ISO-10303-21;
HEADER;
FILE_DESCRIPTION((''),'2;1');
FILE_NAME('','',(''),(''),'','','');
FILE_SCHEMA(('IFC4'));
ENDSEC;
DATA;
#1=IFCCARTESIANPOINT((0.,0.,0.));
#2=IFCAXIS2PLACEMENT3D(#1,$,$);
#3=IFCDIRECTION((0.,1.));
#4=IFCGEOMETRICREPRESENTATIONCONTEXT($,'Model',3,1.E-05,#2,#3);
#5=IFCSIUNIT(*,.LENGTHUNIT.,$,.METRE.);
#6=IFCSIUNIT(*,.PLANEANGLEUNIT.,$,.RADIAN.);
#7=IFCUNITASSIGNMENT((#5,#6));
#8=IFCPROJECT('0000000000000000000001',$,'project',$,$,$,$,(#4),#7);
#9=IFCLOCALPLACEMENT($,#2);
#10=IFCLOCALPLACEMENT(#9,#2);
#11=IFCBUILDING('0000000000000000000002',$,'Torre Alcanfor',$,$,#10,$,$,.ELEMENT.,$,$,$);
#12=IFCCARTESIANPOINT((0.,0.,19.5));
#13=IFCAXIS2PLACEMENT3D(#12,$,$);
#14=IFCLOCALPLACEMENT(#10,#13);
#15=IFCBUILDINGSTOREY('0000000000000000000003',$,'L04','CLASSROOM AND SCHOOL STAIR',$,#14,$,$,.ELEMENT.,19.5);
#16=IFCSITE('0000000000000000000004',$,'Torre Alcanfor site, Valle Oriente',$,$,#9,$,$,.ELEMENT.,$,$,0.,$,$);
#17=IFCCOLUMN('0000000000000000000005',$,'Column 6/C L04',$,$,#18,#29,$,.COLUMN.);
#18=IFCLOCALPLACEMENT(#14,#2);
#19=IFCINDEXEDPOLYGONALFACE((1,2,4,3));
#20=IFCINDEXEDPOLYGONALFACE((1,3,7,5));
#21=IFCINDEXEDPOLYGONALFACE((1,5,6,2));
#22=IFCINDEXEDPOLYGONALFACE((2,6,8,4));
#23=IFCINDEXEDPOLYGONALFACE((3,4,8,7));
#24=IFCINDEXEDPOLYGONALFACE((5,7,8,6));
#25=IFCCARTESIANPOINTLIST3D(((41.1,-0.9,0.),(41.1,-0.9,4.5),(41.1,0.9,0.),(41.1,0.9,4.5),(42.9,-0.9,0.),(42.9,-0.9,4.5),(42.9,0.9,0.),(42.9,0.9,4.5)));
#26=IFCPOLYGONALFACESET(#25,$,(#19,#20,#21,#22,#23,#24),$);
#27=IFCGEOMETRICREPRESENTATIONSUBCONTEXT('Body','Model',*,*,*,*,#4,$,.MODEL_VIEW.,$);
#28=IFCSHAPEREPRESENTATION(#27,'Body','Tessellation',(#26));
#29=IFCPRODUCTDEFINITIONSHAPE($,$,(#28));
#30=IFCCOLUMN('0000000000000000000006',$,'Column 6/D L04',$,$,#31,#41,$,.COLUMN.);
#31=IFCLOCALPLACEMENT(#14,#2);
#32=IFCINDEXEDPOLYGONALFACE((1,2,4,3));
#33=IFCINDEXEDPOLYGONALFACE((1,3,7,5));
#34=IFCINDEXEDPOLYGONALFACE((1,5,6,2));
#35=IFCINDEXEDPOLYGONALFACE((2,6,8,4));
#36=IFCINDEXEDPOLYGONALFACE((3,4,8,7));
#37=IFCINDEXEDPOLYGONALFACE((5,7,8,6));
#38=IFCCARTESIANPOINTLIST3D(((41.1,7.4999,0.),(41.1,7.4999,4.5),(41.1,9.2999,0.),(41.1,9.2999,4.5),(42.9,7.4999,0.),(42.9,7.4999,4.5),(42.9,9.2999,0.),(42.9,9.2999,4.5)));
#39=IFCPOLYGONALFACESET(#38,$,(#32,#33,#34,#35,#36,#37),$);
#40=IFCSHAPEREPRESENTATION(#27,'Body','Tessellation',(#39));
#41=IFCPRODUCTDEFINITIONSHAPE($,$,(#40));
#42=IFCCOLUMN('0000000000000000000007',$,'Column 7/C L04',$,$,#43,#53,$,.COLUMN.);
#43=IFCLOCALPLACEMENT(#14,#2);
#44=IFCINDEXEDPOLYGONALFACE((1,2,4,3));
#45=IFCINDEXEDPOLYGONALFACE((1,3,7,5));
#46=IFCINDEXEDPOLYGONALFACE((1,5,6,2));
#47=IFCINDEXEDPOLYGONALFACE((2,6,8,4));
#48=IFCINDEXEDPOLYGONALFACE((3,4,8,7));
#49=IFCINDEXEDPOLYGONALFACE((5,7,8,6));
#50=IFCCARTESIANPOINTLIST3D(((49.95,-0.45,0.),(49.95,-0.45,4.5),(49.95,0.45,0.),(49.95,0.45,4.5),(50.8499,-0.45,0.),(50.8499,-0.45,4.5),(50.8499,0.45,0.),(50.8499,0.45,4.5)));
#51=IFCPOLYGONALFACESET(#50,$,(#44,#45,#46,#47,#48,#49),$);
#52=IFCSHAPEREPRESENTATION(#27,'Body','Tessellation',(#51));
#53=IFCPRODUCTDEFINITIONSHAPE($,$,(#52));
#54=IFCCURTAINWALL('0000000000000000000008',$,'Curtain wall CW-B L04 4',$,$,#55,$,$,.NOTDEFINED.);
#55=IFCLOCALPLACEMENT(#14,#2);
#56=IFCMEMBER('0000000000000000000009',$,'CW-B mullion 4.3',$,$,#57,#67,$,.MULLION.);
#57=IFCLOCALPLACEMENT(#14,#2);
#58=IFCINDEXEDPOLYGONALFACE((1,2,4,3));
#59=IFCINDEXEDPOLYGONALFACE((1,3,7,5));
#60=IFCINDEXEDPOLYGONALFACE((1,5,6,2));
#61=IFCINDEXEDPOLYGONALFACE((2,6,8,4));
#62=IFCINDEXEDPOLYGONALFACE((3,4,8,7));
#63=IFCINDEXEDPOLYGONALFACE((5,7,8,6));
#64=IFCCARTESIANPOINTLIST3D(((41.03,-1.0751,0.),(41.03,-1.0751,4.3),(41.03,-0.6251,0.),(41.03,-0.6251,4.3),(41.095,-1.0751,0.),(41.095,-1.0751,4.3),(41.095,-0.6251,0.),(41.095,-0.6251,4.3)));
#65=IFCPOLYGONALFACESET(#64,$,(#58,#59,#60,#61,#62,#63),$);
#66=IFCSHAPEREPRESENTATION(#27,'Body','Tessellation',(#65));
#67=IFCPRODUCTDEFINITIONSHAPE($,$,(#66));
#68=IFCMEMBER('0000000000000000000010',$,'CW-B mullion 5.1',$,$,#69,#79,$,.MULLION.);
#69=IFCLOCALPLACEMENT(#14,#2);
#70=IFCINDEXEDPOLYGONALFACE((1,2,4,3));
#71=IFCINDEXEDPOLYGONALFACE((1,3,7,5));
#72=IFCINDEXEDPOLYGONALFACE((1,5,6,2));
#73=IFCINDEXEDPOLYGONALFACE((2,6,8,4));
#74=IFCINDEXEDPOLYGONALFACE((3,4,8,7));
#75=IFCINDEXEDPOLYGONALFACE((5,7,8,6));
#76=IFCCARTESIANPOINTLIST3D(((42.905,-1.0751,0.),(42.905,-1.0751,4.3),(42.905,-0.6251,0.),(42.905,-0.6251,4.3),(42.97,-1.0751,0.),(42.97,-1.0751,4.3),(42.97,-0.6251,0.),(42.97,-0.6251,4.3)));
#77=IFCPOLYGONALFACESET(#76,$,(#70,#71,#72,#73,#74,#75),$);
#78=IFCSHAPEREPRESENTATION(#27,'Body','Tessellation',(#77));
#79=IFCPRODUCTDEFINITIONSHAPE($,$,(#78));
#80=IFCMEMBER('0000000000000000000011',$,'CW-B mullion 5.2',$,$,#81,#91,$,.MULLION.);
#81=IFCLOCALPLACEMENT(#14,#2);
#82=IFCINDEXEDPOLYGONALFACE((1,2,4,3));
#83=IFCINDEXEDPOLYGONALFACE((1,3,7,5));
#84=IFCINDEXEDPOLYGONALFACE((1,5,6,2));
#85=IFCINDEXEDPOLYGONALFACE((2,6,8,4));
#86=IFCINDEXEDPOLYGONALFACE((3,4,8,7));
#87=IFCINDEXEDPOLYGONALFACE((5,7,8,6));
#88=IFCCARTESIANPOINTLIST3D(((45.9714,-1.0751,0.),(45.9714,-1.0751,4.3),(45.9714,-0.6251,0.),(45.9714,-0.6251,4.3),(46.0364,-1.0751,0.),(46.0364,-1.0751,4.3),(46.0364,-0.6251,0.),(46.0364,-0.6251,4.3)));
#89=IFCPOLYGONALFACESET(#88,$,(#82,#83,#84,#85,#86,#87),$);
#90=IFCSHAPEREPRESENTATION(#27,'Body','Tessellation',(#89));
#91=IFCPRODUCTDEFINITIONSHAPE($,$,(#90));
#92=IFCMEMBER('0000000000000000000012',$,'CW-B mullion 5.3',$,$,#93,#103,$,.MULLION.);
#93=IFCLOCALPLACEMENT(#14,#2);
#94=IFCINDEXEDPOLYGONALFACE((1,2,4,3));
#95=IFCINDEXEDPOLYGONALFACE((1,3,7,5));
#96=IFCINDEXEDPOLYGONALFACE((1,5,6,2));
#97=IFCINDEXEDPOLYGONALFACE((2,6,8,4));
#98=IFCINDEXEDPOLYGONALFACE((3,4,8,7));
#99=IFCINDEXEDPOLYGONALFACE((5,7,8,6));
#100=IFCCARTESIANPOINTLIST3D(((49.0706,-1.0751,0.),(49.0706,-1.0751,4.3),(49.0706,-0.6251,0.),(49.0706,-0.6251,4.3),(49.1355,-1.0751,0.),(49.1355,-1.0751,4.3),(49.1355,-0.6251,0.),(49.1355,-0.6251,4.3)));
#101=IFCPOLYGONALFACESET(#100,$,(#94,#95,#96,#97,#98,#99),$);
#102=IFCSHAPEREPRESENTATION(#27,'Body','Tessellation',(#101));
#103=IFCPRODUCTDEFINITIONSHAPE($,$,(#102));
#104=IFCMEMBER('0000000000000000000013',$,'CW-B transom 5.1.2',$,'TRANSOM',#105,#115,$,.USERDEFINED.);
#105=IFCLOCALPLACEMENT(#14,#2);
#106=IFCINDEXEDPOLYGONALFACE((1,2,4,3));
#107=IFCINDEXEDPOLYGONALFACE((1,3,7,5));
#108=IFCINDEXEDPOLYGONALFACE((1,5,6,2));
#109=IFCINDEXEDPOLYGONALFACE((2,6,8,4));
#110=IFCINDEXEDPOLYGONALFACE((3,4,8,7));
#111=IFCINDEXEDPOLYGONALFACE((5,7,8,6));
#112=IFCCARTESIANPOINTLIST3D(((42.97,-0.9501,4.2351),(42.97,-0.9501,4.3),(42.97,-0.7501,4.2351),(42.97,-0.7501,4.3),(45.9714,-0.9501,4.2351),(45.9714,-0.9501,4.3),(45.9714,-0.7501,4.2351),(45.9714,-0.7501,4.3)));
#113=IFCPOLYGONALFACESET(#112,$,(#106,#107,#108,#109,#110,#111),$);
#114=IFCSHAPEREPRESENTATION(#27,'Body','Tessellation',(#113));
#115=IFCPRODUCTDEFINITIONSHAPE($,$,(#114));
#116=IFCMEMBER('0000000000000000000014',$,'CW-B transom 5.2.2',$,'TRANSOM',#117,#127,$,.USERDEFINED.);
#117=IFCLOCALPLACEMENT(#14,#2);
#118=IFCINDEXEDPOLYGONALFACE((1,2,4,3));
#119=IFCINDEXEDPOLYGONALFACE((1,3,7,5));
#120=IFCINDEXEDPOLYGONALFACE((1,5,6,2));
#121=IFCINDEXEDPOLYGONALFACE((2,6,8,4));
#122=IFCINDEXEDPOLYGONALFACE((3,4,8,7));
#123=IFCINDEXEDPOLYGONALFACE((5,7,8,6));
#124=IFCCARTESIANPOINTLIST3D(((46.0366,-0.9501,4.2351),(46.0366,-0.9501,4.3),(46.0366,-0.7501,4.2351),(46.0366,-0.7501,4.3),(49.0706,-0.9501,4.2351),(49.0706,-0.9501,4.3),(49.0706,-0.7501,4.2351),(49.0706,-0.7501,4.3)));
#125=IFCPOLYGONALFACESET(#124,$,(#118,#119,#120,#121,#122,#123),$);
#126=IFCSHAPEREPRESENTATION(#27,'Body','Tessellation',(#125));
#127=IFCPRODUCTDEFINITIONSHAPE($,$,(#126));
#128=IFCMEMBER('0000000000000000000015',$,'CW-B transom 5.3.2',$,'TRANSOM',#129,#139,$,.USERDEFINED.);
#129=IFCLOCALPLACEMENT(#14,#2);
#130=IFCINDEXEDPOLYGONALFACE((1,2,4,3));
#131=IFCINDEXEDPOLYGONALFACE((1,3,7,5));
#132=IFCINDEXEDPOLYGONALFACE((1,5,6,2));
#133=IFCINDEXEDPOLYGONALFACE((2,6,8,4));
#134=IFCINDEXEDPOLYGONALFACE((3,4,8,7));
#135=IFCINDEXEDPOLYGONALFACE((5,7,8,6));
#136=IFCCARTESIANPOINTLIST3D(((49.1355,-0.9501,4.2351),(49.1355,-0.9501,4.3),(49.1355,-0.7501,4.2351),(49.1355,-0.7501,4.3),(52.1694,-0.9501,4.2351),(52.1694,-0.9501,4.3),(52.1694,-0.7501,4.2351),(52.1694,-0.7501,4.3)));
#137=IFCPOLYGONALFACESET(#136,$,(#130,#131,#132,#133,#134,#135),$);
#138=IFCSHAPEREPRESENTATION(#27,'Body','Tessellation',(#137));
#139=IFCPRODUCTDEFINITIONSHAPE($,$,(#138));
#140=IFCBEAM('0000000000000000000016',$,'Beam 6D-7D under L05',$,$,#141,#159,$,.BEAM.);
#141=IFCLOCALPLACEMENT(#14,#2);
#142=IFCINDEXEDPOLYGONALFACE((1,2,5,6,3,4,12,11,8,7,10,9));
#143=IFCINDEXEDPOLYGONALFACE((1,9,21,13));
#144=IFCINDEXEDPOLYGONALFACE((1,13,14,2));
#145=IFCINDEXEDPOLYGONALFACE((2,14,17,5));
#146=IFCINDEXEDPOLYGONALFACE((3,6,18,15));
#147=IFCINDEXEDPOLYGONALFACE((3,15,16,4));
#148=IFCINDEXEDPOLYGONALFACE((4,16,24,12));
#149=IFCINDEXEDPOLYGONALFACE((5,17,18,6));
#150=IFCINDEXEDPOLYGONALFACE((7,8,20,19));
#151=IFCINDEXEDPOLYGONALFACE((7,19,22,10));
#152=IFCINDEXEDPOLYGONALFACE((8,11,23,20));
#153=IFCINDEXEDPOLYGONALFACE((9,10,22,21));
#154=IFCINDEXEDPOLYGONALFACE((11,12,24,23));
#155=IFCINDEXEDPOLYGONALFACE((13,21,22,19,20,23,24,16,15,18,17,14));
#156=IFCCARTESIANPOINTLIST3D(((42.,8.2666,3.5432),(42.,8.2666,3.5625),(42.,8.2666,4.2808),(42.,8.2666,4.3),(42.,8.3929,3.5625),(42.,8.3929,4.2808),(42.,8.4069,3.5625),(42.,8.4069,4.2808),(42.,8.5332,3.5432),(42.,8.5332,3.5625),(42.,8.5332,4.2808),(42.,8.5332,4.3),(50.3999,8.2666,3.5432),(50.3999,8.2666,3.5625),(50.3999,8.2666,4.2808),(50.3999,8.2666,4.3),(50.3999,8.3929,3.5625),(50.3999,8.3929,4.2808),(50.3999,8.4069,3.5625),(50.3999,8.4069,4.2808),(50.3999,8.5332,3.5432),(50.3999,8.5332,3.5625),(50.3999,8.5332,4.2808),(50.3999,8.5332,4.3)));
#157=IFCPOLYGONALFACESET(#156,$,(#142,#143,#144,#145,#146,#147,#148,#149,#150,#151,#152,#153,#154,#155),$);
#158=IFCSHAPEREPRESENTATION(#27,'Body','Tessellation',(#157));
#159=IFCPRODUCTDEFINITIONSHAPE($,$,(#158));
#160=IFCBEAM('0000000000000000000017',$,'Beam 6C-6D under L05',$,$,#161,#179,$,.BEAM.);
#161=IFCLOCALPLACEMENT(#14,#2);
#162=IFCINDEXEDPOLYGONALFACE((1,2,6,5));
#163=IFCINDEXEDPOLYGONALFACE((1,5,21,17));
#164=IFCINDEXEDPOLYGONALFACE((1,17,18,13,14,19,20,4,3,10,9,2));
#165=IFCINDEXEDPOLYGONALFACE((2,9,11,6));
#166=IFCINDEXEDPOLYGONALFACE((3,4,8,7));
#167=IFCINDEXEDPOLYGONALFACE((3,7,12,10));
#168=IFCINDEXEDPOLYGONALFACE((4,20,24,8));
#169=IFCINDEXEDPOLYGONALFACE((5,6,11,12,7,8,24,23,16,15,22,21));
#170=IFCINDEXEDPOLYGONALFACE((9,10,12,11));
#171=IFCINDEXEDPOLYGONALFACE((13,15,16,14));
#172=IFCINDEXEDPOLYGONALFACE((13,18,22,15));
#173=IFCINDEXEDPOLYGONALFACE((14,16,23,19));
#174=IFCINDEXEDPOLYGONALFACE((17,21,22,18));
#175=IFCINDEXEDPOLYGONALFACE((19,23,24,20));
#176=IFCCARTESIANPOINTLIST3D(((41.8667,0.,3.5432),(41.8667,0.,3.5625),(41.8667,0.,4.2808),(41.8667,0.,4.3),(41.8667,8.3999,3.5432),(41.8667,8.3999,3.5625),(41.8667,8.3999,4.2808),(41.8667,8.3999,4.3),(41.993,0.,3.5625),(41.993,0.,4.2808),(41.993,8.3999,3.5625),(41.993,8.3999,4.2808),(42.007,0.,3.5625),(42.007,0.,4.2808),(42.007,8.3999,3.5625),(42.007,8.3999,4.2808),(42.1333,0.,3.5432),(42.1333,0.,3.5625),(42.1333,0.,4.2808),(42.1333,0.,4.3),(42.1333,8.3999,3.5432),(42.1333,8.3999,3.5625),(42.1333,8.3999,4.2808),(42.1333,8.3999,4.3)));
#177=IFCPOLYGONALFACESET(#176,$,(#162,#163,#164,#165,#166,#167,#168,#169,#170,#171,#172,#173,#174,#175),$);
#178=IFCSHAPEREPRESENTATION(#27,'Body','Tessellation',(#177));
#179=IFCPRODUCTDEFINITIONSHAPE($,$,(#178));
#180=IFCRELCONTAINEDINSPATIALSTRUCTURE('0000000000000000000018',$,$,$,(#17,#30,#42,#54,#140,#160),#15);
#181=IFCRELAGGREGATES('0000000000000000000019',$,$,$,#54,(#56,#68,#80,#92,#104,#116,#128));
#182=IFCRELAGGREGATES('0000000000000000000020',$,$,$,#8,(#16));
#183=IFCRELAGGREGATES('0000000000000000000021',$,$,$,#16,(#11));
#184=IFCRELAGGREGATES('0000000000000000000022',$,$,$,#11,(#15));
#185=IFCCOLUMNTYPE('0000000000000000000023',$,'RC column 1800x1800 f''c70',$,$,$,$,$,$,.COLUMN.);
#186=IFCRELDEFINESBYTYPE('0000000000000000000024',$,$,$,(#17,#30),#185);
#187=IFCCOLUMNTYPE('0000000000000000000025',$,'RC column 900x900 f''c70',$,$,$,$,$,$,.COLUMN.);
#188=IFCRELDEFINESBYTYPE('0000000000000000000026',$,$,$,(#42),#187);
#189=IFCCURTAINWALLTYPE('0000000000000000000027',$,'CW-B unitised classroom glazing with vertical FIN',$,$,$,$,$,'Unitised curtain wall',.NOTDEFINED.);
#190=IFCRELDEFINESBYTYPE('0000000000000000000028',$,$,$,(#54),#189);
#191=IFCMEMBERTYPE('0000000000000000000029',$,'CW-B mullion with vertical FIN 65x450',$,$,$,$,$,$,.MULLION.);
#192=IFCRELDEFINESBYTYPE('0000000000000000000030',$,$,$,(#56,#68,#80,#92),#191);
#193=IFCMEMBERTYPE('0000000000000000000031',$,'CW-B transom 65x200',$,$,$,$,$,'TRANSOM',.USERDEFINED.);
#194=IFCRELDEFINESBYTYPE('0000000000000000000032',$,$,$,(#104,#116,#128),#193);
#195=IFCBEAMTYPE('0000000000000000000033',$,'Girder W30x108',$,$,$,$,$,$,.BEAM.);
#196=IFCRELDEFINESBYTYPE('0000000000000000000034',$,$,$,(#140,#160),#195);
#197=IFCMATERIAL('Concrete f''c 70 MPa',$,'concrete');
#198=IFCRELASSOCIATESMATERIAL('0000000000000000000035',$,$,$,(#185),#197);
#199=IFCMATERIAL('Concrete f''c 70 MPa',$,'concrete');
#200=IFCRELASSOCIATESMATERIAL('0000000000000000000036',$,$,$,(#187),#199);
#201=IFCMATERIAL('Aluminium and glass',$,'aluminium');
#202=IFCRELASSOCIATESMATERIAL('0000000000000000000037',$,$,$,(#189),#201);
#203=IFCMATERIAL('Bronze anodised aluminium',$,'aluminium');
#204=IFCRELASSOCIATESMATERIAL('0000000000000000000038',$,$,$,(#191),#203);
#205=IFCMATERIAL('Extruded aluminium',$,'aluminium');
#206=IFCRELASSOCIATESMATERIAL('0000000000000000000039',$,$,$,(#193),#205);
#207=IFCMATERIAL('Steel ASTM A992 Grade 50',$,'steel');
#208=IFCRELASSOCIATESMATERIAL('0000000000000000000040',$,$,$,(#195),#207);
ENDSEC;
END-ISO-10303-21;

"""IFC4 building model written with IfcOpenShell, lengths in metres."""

from ifc_helpers import new_model, si_unit, direction, frame, origin, origin_2d, place, context, subcontext, project, spatial, rectangle, i_section, extrude, material, material_profile, profile_set, type_object, element, aggregate, save


model = new_model("IFC4")

# Units and contexts
model_context = context("Model", 3, precision=1e-05, world=origin(), true_north=direction((0.0, 1.0)))
body_context = subcontext(model_context, "Body", "Model", "MODEL_VIEW")
ifc_project = project(units=[si_unit("LENGTHUNIT", "METRE"), si_unit("PLANEANGLEUNIT", "RADIAN")], contexts=[model_context])

# Site, building, storey
site_placement = place(None, origin())
site = spatial("IfcSite", under=ifc_project, at=site_placement, Name="Torre Alcanfor site, Valle Oriente", CompositionType="ELEMENT", RefElevation=0.0)
building_placement = place(site_placement, origin())
building = spatial("IfcBuilding", under=site, at=building_placement, Name="Torre Alcanfor", CompositionType="ELEMENT")
storey_placement = place(building_placement, frame((0.0, 0.0, 19.5)))
storey = spatial("IfcBuildingStorey", under=building, at=storey_placement, Name="L04", Description="CLASSROOM AND SCHOOL STAIR", CompositionType="ELEMENT", Elevation=19.5)

# Columns
ifc_material_1 = material(Name="Concrete f'c 70 MPa", Category="concrete")
ifc_material_profile_1 = material_profile(ifc_material_1, rectangle(XDim=1.8, YDim=1.8, at=origin_2d()), Name="1800x1800")
ifc_profile_set_1 = profile_set([ifc_material_profile_1], Name="Concrete f'c 70 MPa")
column_type_1 = type_object("IfcColumnType", Name="RC column 1800x1800 f'c70", PredefinedType="COLUMN", material=ifc_profile_set_1)
for number, where, z_axis, x_axis, name in (
    (1, (42.0, 0.0, 0.0), (0.0, 0.0, 1.0), (1.0, 0.0, 0.0), "Column 6/C L04"),
    (2, (42.0, 8.3999, 0.0), (0.0, 0.0, 1.0), (1.0, 0.0, 0.0), "Column 6/D L04"),
):
    element("IfcColumn", number, at=place(storey_placement, frame(where, z_axis=z_axis, x_axis=x_axis)), inside=storey, type_object=column_type_1, Name=name, PredefinedType="COLUMN", context=body_context, shape_type="SweptSolid", body=[
        extrude(rectangle(XDim=1.8, YDim=1.8, at=origin_2d()), origin(), (0.0, 0.0, 1.0), 4.5),
    ])
ifc_material_2 = material(Name="Concrete f'c 70 MPa", Category="concrete")
ifc_material_profile_2 = material_profile(ifc_material_2, rectangle(XDim=0.8999, YDim=0.8999, at=origin_2d()), Name="900x900")
ifc_profile_set_2 = profile_set([ifc_material_profile_2], Name="Concrete f'c 70 MPa")
column_type_2 = type_object("IfcColumnType", Name="RC column 900x900 f'c70", PredefinedType="COLUMN", material=ifc_profile_set_2)
column_placement = place(storey_placement, frame((50.3999, 0.0, 0.0), z_axis=(0.0, 0.0, 1.0), x_axis=(1.0, 0.0, 0.0)))
element("IfcColumn", 3, at=column_placement, inside=storey, type_object=column_type_2, Name="Column 7/C L04", PredefinedType="COLUMN", context=body_context, shape_type="SweptSolid", body=[
    extrude(rectangle(XDim=0.8999, YDim=0.8999, at=origin_2d()), origin(), (0.0, 0.0, 1.0), 4.5),
])

# Curtain wall, members
ifc_material_3 = material(Name="Aluminium and glass", Category="aluminium")
curtain_wall_type = type_object("IfcCurtainWallType", Name="CW-B unitised classroom glazing with vertical FIN", ElementType="Unitised curtain wall", PredefinedType="NOTDEFINED", material=ifc_material_3)
curtain_wall_placement = place(storey_placement, origin())
curtain_wall = element("IfcCurtainWall", 4, at=curtain_wall_placement, inside=storey, type_object=curtain_wall_type, Name="Curtain wall CW-B L04 4", PredefinedType="NOTDEFINED")
ifc_material_4 = material(Name="Bronze anodised aluminium", Category="aluminium")
ifc_material_profile_3 = material_profile(ifc_material_4, rectangle(XDim=0.45, YDim=0.0649, at=origin_2d()), Name="CW-B mullion 65x450")
ifc_profile_set_3 = profile_set([ifc_material_profile_3], Name="Bronze anodised aluminium")
member_type_1 = type_object("IfcMemberType", Name="CW-B mullion with vertical FIN 65x450", PredefinedType="MULLION", material=ifc_profile_set_3)
member_1_placement = place(storey_placement, frame((41.0625, -0.8501, 0.0), z_axis=(0.0, 0.0, 1.0), x_axis=(0.0, 1.0, 0.0)))
member_1 = element("IfcMember", 5, at=member_1_placement, type_object=member_type_1, Name="CW-B mullion 4.3", PredefinedType="MULLION", context=body_context, shape_type="SweptSolid", body=[
    extrude(rectangle(XDim=0.45, YDim=0.0649, at=origin_2d()), origin(), (0.0, 0.0, 1.0), 4.3),
])
member_2_placement = place(storey_placement, frame((42.9375, -0.8501, 0.0), z_axis=(0.0, 0.0, 1.0), x_axis=(0.0, 1.0, 0.0)))
member_2 = element("IfcMember", 6, at=member_2_placement, type_object=member_type_1, Name="CW-B mullion 5.1", PredefinedType="MULLION", context=body_context, shape_type="SweptSolid", body=[
    extrude(rectangle(XDim=0.45, YDim=0.0649, at=origin_2d()), origin(), (0.0, 0.0, 1.0), 4.3),
])
member_3_placement = place(storey_placement, frame((46.0039, -0.8501, 0.0), z_axis=(0.0, 0.0, 1.0), x_axis=(0.0, 1.0, 0.0)))
member_3 = element("IfcMember", 7, at=member_3_placement, type_object=member_type_1, Name="CW-B mullion 5.2", PredefinedType="MULLION", context=body_context, shape_type="SweptSolid", body=[
    extrude(rectangle(XDim=0.45, YDim=0.0649, at=origin_2d()), origin(), (0.0, 0.0, 1.0), 4.3),
])
member_4_placement = place(storey_placement, frame((49.103, -0.8501, 0.0), z_axis=(0.0, 0.0, 1.0), x_axis=(0.0, 1.0, 0.0)))
member_4 = element("IfcMember", 8, at=member_4_placement, type_object=member_type_1, Name="CW-B mullion 5.3", PredefinedType="MULLION", context=body_context, shape_type="SweptSolid", body=[
    extrude(rectangle(XDim=0.45, YDim=0.0649, at=origin_2d()), origin(), (0.0, 0.0, 1.0), 4.3),
])
ifc_material_5 = material(Name="Extruded aluminium", Category="aluminium")
ifc_material_profile_4 = material_profile(ifc_material_5, rectangle(XDim=0.2, YDim=0.0649, at=origin_2d()), Name="CW-B transom 200x65")
ifc_profile_set_4 = profile_set([ifc_material_profile_4], Name="Extruded aluminium")
member_type_2 = type_object("IfcMemberType", Name="CW-B transom 65x200", ElementType="TRANSOM", PredefinedType="USERDEFINED", material=ifc_profile_set_4)
member_5_placement = place(storey_placement, frame((42.97, -0.8501, 4.2676), z_axis=(1.0, 0.0, 0.0), x_axis=(0.0, 1.0, 0.0)))
member_5 = element("IfcMember", 9, at=member_5_placement, type_object=member_type_2, Name="CW-B transom 5.1.2", ObjectType="TRANSOM", PredefinedType="USERDEFINED", context=body_context, shape_type="SweptSolid", body=[
    extrude(rectangle(XDim=0.2, YDim=0.0649, at=origin_2d()), origin(), (0.0, 0.0, 1.0), 3.0015),
])
member_6_placement = place(storey_placement, frame((46.0366, -0.8501, 4.2676), z_axis=(1.0, 0.0, 0.0), x_axis=(0.0, 1.0, 0.0)))
member_6 = element("IfcMember", 10, at=member_6_placement, type_object=member_type_2, Name="CW-B transom 5.2.2", ObjectType="TRANSOM", PredefinedType="USERDEFINED", context=body_context, shape_type="SweptSolid", body=[
    extrude(rectangle(XDim=0.2, YDim=0.0649, at=origin_2d()), origin(), (0.0, 0.0, 1.0), 3.0339),
])
member_7_placement = place(storey_placement, frame((49.1355, -0.8501, 4.2676), z_axis=(1.0, 0.0, 0.0), x_axis=(0.0, 1.0, 0.0)))
member_7 = element("IfcMember", 11, at=member_7_placement, type_object=member_type_2, Name="CW-B transom 5.3.2", ObjectType="TRANSOM", PredefinedType="USERDEFINED", context=body_context, shape_type="SweptSolid", body=[
    extrude(rectangle(XDim=0.2, YDim=0.0649, at=origin_2d()), origin(), (0.0, 0.0, 1.0), 3.0339),
])

# Beams
ifc_material_6 = material(Name="Steel ASTM A992 Grade 50", Category="steel")
ifc_material_profile_5 = material_profile(ifc_material_6, i_section(OverallWidth=0.2666, OverallDepth=0.7568, WebThickness=0.0139, FlangeThickness=0.0193, at=origin_2d()), Name="W30x108")
ifc_profile_set_5 = profile_set([ifc_material_profile_5], Name="Steel ASTM A992 Grade 50")
beam_type_1 = type_object("IfcBeamType", Name="Girder W30x108", PredefinedType="BEAM", material=ifc_profile_set_5)
for number, where, z_axis, x_axis, name in (
    (12, (42.0, 8.3999, 3.9216), (1.0, 0.0, 0.0), (0.0, 1.0, 0.0), "Beam 6D-7D under L05"),
    (13, (42.0, 0.0, 3.9216), (0.0, 1.0, 0.0), (-1.0, 0.0, 0.0), "Beam 6C-6D under L05"),
):
    element("IfcBeam", number, at=place(storey_placement, frame(where, z_axis=z_axis, x_axis=x_axis)), inside=storey, type_object=beam_type_1, Name=name, PredefinedType="BEAM", context=body_context, shape_type="SweptSolid", body=[
        extrude(i_section(OverallWidth=0.2666, OverallDepth=0.7568, WebThickness=0.0139, FlangeThickness=0.0193, at=origin_2d()), origin(), (0.0, 0.0, 1.0), 8.3999),
    ])

aggregate(curtain_wall, [member_1, member_2, member_3, member_4, member_5, member_6, member_7])

save(model, "model.ifc")
